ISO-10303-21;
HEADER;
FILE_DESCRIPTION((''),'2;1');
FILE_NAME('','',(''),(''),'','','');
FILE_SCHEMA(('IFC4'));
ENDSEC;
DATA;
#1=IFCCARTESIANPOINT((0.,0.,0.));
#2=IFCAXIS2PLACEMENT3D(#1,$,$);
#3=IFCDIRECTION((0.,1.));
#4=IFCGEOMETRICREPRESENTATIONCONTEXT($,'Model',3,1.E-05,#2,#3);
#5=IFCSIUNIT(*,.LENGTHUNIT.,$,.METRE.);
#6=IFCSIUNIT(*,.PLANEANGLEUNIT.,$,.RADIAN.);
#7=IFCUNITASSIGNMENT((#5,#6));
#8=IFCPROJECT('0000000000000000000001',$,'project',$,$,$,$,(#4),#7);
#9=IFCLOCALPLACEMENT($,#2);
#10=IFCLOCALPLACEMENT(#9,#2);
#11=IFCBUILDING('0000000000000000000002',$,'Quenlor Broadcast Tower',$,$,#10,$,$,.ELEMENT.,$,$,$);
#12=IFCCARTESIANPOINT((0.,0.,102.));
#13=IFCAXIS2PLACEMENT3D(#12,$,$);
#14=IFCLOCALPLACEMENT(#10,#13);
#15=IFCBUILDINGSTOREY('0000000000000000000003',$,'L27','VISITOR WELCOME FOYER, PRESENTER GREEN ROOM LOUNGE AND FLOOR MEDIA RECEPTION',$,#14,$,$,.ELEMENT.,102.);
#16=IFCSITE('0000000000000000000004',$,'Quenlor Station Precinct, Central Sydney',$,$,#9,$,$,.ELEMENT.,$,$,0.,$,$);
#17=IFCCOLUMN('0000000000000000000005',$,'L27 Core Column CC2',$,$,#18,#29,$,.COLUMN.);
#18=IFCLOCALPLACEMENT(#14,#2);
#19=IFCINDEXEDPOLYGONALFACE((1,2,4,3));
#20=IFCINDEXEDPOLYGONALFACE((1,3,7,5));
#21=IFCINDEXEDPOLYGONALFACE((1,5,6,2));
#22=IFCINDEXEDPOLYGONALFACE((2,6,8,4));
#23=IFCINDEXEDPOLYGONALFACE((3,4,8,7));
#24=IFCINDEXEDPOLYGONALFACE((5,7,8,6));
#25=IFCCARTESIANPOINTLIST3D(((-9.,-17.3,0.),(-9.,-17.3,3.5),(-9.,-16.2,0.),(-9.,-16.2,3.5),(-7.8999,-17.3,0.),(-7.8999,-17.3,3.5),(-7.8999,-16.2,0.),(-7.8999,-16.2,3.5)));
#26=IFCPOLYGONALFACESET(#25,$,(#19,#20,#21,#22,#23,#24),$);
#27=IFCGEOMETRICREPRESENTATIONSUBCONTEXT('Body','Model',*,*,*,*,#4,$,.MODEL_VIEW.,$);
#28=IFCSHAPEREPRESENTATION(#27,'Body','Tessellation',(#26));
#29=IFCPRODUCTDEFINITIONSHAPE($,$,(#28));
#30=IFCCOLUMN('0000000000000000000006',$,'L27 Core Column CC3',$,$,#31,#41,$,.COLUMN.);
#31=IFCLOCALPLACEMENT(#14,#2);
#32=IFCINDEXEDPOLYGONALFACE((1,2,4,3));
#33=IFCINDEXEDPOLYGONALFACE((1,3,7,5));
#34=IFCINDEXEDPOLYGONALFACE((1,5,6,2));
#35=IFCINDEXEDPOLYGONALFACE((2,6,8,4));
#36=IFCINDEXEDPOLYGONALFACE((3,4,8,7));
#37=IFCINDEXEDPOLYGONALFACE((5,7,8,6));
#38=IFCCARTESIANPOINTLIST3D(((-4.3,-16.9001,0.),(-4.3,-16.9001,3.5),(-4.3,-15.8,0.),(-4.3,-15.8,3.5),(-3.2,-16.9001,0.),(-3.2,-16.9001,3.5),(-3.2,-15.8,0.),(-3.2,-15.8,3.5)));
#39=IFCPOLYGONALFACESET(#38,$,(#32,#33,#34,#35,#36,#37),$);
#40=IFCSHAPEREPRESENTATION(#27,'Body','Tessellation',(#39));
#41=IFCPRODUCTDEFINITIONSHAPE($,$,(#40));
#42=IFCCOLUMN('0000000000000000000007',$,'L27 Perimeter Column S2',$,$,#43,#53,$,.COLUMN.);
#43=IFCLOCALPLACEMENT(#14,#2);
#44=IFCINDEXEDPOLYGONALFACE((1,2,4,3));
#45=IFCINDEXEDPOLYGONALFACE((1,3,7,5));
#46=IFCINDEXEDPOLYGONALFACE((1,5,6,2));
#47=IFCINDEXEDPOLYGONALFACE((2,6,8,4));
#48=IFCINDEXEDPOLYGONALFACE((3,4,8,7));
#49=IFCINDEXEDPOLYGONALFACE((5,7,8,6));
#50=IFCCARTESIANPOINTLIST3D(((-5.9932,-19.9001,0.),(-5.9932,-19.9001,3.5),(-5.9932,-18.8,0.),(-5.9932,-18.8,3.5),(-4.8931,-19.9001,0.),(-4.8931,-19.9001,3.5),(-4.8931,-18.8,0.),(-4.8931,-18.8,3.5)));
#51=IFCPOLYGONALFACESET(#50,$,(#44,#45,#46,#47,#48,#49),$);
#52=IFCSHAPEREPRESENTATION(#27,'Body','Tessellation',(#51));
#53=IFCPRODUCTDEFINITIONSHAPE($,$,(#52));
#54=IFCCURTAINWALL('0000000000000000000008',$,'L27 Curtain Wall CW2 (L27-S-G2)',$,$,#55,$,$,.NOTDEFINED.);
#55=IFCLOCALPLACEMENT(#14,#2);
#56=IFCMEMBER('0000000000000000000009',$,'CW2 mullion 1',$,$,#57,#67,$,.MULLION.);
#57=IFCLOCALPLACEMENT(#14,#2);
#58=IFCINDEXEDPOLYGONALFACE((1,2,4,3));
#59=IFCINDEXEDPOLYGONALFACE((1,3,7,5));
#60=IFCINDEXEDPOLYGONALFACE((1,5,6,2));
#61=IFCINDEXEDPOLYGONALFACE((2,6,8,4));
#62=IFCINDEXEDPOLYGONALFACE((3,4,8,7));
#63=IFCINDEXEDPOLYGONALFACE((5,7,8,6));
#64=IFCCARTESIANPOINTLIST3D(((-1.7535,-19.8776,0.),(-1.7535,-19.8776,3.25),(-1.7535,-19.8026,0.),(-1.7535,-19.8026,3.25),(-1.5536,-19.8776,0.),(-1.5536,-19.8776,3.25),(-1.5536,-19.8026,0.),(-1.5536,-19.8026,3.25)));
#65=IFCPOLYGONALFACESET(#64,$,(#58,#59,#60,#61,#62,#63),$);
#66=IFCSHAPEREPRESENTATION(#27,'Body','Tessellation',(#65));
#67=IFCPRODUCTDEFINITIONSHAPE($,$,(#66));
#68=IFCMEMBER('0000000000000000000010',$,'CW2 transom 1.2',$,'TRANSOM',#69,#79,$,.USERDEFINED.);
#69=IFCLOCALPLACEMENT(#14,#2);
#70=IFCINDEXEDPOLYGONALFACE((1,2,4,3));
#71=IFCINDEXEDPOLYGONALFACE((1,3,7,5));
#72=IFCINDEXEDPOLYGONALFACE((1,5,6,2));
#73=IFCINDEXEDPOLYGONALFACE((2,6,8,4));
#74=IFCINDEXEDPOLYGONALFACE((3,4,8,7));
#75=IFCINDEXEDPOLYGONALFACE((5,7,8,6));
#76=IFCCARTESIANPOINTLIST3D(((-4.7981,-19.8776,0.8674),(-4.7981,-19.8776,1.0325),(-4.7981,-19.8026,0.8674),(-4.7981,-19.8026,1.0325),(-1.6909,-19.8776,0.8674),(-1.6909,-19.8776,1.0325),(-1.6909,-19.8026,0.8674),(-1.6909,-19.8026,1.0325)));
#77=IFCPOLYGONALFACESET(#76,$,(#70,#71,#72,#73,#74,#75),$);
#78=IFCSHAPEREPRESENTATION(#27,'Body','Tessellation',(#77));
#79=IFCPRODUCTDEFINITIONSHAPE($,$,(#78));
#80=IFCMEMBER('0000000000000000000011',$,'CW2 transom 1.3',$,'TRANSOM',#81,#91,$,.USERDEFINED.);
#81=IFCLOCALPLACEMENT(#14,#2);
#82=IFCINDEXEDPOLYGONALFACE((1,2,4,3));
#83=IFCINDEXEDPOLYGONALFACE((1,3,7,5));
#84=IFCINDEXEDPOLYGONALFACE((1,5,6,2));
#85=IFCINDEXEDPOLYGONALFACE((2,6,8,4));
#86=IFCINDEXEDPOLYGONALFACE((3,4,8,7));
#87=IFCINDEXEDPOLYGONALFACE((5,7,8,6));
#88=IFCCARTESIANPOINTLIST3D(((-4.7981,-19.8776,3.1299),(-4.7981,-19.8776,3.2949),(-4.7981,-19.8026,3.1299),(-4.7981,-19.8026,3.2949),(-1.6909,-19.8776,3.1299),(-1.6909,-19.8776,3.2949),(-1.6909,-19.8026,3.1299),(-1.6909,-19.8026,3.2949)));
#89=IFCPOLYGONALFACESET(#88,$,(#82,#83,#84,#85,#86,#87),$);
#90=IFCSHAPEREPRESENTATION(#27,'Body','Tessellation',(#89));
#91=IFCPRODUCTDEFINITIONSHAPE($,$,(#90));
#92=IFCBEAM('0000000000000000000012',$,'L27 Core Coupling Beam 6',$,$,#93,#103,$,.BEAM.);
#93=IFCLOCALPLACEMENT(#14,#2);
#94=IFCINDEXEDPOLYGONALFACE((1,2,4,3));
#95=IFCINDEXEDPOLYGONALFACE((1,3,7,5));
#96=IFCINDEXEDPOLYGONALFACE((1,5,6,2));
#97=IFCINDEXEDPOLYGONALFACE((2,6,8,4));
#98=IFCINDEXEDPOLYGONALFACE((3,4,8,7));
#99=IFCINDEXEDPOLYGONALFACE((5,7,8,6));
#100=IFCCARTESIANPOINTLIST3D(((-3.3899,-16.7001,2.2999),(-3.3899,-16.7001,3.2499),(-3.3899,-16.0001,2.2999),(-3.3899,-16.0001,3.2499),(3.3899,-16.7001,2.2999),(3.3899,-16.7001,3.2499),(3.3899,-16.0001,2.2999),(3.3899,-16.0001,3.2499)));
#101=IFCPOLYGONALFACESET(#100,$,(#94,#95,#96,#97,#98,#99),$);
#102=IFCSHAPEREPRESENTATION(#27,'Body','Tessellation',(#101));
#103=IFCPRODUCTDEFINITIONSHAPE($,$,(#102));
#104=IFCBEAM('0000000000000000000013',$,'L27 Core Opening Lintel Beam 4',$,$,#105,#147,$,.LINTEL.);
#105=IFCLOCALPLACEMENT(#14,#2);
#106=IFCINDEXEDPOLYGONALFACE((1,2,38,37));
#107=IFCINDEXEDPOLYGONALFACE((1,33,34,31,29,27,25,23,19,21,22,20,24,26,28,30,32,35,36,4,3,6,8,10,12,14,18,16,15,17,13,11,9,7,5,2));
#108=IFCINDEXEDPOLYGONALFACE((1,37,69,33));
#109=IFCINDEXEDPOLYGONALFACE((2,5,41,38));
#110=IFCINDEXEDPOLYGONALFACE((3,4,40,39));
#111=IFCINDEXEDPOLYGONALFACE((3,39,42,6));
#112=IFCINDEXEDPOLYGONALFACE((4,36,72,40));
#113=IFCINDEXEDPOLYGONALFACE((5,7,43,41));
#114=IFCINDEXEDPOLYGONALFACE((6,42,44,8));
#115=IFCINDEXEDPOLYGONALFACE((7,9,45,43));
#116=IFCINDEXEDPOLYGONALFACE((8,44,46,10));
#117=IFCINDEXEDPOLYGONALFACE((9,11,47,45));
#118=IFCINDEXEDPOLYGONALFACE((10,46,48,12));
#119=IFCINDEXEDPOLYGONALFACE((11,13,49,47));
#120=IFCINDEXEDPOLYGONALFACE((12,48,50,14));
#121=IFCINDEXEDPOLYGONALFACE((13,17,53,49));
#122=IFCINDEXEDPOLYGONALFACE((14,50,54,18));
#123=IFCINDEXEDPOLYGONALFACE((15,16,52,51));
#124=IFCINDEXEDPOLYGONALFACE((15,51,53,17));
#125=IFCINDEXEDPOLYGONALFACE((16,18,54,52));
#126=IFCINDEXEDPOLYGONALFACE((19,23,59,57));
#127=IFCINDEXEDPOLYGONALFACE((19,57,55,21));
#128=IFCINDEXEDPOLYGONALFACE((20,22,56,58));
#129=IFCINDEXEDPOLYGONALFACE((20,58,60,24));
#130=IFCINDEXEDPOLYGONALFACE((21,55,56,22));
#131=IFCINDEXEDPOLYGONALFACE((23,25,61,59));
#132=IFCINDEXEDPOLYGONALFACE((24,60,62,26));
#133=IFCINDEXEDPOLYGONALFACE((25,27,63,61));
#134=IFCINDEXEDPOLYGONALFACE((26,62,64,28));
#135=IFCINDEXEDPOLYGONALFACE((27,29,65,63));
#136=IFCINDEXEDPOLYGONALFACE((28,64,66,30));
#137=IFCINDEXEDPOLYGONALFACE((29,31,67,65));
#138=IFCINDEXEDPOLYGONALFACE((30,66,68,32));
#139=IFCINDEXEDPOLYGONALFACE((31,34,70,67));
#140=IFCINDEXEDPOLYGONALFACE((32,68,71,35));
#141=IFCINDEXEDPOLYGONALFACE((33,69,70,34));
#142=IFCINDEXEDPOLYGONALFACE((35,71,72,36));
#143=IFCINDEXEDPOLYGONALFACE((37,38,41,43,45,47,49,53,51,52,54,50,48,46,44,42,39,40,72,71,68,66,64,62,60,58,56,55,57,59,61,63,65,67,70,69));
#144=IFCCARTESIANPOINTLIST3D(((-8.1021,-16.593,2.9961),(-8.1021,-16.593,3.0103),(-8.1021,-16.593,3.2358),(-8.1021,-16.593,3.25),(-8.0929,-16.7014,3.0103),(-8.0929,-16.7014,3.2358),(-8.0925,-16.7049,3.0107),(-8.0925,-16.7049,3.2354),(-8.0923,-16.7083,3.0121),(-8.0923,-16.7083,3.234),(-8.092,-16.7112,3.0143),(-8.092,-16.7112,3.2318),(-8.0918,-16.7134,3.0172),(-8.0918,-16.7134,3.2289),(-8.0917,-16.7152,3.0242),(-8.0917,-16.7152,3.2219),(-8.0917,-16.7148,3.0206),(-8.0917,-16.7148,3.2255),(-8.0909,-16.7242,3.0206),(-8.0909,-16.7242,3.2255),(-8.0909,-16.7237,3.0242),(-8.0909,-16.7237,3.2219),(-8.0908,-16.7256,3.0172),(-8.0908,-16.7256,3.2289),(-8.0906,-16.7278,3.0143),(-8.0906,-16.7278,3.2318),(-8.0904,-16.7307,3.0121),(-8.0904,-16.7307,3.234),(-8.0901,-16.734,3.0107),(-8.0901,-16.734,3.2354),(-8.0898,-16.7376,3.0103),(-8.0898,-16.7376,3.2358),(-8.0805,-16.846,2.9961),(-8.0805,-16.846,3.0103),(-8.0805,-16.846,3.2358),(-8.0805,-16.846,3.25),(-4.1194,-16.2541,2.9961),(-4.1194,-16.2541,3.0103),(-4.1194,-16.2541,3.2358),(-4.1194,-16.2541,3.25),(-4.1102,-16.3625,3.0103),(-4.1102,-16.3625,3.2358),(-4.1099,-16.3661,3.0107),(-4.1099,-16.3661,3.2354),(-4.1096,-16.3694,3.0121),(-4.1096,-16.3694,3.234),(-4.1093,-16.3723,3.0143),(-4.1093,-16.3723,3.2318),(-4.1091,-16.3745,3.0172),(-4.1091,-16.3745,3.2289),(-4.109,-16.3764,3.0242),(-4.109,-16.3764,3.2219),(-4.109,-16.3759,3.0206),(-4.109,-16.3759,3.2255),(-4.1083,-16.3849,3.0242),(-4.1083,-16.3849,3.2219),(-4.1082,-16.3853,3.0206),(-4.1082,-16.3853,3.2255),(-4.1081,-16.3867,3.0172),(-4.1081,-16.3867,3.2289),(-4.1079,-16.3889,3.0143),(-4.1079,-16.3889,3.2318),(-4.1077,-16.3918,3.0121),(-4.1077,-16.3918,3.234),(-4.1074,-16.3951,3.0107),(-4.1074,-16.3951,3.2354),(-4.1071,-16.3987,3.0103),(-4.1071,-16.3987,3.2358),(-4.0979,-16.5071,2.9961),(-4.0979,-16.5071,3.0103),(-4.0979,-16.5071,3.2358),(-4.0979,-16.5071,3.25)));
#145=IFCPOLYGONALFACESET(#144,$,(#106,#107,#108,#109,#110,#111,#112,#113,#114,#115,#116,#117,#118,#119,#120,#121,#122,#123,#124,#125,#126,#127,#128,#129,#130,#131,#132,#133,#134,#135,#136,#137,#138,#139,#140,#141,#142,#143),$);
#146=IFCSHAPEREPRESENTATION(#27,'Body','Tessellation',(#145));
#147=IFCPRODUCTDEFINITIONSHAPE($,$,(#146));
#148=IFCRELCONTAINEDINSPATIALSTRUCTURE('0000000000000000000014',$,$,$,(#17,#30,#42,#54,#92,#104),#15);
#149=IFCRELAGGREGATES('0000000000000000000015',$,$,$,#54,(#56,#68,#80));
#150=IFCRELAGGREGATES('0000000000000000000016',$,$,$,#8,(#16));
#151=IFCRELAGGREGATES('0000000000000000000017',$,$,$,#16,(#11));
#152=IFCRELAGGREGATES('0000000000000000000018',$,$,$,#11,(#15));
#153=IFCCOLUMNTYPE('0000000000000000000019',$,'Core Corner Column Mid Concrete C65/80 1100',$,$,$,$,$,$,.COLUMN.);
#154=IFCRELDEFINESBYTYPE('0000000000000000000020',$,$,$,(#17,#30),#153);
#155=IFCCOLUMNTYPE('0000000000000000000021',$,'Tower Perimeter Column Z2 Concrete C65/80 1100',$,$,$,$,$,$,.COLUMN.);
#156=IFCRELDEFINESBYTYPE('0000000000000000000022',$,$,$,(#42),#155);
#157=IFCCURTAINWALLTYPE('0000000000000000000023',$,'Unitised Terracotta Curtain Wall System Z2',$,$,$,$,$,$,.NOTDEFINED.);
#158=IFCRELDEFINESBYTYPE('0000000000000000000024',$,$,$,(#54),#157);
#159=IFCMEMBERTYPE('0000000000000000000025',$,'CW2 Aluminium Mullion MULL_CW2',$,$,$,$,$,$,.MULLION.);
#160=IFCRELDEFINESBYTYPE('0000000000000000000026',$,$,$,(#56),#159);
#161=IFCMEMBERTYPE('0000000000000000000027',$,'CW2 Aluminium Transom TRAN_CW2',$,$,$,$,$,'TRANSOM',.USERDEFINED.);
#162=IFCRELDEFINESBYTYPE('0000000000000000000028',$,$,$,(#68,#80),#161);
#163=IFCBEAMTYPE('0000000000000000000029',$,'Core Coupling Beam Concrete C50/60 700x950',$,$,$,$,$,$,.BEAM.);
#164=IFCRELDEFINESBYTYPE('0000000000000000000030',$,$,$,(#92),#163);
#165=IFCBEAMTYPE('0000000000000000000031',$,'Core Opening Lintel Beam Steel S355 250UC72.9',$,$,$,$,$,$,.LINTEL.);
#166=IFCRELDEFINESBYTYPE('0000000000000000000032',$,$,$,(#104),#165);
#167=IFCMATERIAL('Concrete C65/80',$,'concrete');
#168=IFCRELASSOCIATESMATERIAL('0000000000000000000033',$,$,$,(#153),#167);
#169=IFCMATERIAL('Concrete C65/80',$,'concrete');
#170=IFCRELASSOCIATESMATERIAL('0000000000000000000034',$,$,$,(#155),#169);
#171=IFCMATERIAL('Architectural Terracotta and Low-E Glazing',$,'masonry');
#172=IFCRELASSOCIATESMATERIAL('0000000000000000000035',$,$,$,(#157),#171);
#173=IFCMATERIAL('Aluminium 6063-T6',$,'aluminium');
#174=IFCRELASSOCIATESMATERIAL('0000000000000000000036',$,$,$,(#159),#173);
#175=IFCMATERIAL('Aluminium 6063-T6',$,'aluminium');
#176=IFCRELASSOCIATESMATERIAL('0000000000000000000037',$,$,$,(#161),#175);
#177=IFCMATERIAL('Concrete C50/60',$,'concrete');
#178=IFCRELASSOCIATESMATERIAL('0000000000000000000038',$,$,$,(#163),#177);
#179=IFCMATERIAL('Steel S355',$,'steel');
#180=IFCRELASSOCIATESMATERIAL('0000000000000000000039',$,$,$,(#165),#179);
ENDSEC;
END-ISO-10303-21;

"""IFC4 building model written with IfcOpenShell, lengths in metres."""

from ifc_helpers import new_model, si_unit, direction, frame, origin, origin_2d, place, context, subcontext, project, spatial, rectangle, i_section, extrude, material, material_profile, profile_set, type_object, element, aggregate, save


model = new_model("IFC4")

# Units and contexts
model_context = context("Model", 3, precision=1e-05, world=origin(), true_north=direction((0.0, 1.0)))
body_context = subcontext(model_context, "Body", "Model", "MODEL_VIEW")
ifc_project = project(units=[si_unit("LENGTHUNIT", "METRE"), si_unit("PLANEANGLEUNIT", "RADIAN")], contexts=[model_context])

# Site, building, storey
site_placement = place(None, origin())
site = spatial("IfcSite", under=ifc_project, at=site_placement, Name="Quenlor Station Precinct, Central Sydney", CompositionType="ELEMENT", RefElevation=0.0)
building_placement = place(site_placement, origin())
building = spatial("IfcBuilding", under=site, at=building_placement, Name="Quenlor Broadcast Tower", CompositionType="ELEMENT")
storey_placement = place(building_placement, frame((0.0, 0.0, 102.0)))
storey = spatial("IfcBuildingStorey", under=building, at=storey_placement, Name="L27", Description="VISITOR WELCOME FOYER, PRESENTER GREEN ROOM LOUNGE AND FLOOR MEDIA RECEPTION", CompositionType="ELEMENT", Elevation=102.0)

# Columns
ifc_material_1 = material(Name="Concrete C65/80", Category="concrete")
ifc_material_profile_1 = material_profile(ifc_material_1, rectangle(XDim=1.1001, YDim=1.1001, at=origin_2d()))
ifc_profile_set_1 = profile_set([ifc_material_profile_1], Name="Concrete C65/80 RC1100x1100")
column_type_1 = type_object("IfcColumnType", Name="Core Corner Column Mid Concrete C65/80 1100", PredefinedType="COLUMN", material=ifc_profile_set_1)
for number, where, z_axis, x_axis, name in (
    (1, (-8.45, -16.75, 0.0), (0.0, 0.0, 1.0), (1.0, 0.0, 0.0), "L27 Core Column CC2"),
    (2, (-3.75, -16.3501, 0.0), (0.0, 0.0, 1.0), (1.0, 0.0, 0.0), "L27 Core Column CC3"),
):
    element("IfcColumn", number, at=place(storey_placement, frame(where, z_axis=z_axis, x_axis=x_axis)), inside=storey, type_object=column_type_1, Name=name, PredefinedType="COLUMN", context=body_context, shape_type="SweptSolid", body=[
        extrude(rectangle(XDim=1.1001, YDim=1.1001, at=origin_2d()), origin(), (0.0, 0.0, 1.0), 3.5),
    ])
ifc_material_2 = material(Name="Concrete C65/80", Category="concrete")
ifc_material_profile_2 = material_profile(ifc_material_2, rectangle(XDim=1.1001, YDim=1.1001, at=origin_2d()))
ifc_profile_set_2 = profile_set([ifc_material_profile_2], Name="Concrete C65/80 RC1100x1100")
column_type_2 = type_object("IfcColumnType", Name="Tower Perimeter Column Z2 Concrete C65/80 1100", PredefinedType="COLUMN", material=ifc_profile_set_2)
column_placement = place(storey_placement, frame((-5.4431, -19.3501, 0.0), z_axis=(0.0, 0.0, 1.0), x_axis=(0.0, 1.0, 0.0)))
element("IfcColumn", 3, at=column_placement, inside=storey, type_object=column_type_2, Name="L27 Perimeter Column S2", PredefinedType="COLUMN", context=body_context, shape_type="SweptSolid", body=[
    extrude(rectangle(XDim=1.1001, YDim=1.1001, at=origin_2d()), origin(), (0.0, 0.0, 1.0), 3.5),
])

# Curtain wall, members
ifc_material_3 = material(Name="Architectural Terracotta and Low-E Glazing", Category="masonry")
curtain_wall_type = type_object("IfcCurtainWallType", Name="Unitised Terracotta Curtain Wall System Z2", PredefinedType="NOTDEFINED", material=ifc_material_3)
curtain_wall_placement = place(storey_placement, origin())
curtain_wall = element("IfcCurtainWall", 4, at=curtain_wall_placement, inside=storey, type_object=curtain_wall_type, Name="L27 Curtain Wall CW2 (L27-S-G2)", PredefinedType="NOTDEFINED")
ifc_material_4 = material(Name="Aluminium 6063-T6", Category="aluminium")
ifc_material_profile_3 = material_profile(ifc_material_4, rectangle(XDim=0.075, YDim=0.2, at=origin_2d()))
ifc_profile_set_3 = profile_set([ifc_material_profile_3], Name="Aluminium 6063-T6 MULL75x200")
member_type_1 = type_object("IfcMemberType", Name="CW2 Aluminium Mullion MULL_CW2", PredefinedType="MULLION", material=ifc_profile_set_3)
member_1_placement = place(storey_placement, frame((-1.6536, -19.8401, 0.0), z_axis=(0.0, 0.0, 1.0), x_axis=(0.0, -1.0, 0.0)))
member_1 = element("IfcMember", 5, at=member_1_placement, type_object=member_type_1, Name="CW2 mullion 1", PredefinedType="MULLION", context=body_context, shape_type="SweptSolid", body=[
    extrude(rectangle(XDim=0.075, YDim=0.2, at=origin_2d()), origin(), (0.0, 0.0, 1.0), 3.25),
])
ifc_material_5 = material(Name="Aluminium 6063-T6", Category="aluminium")
ifc_material_profile_4 = material_profile(ifc_material_5, rectangle(XDim=0.075, YDim=0.165, at=origin_2d()))
ifc_profile_set_4 = profile_set([ifc_material_profile_4], Name="Aluminium 6063-T6 TRAN75x165")
member_type_2 = type_object("IfcMemberType", Name="CW2 Aluminium Transom TRAN_CW2", ElementType="TRANSOM", PredefinedType="USERDEFINED", material=ifc_profile_set_4)
member_2_placement = place(storey_placement, frame((-1.6909, -19.8401, 0.95), z_axis=(-1.0, 0.0, 0.0), x_axis=(0.0, -1.0, 0.0)))
member_2 = element("IfcMember", 6, at=member_2_placement, type_object=member_type_2, Name="CW2 transom 1.2", ObjectType="TRANSOM", PredefinedType="USERDEFINED", context=body_context, shape_type="SweptSolid", body=[
    extrude(rectangle(XDim=0.075, YDim=0.165, at=origin_2d()), origin(), (0.0, 0.0, 1.0), 3.1072),
])
member_3_placement = place(storey_placement, frame((-1.6909, -19.8401, 3.2124), z_axis=(-1.0, 0.0, 0.0), x_axis=(0.0, -1.0, 0.0)))
member_3 = element("IfcMember", 7, at=member_3_placement, type_object=member_type_2, Name="CW2 transom 1.3", ObjectType="TRANSOM", PredefinedType="USERDEFINED", context=body_context, shape_type="SweptSolid", body=[
    extrude(rectangle(XDim=0.075, YDim=0.165, at=origin_2d()), origin(), (0.0, 0.0, 1.0), 3.1072),
])
aggregate(curtain_wall, [member_1, member_2, member_3])

# Beams
ifc_material_6 = material(Name="Concrete C50/60", Category="concrete")
ifc_material_profile_5 = material_profile(ifc_material_6, rectangle(XDim=0.7, YDim=0.95, at=origin_2d()))
ifc_profile_set_5 = profile_set([ifc_material_profile_5], Name="Concrete C50/60 RCB700x950")
beam_type_1 = type_object("IfcBeamType", Name="Core Coupling Beam Concrete C50/60 700x950", PredefinedType="BEAM", material=ifc_profile_set_5)
beam_1_placement = place(storey_placement, frame((-3.3899, -16.3501, 2.7749), z_axis=(1.0, 0.0, 0.0), x_axis=(0.0, 1.0, 0.0)))
element("IfcBeam", 8, at=beam_1_placement, inside=storey, type_object=beam_type_1, Name="L27 Core Coupling Beam 6", PredefinedType="BEAM", context=body_context, shape_type="SweptSolid", body=[
    extrude(rectangle(XDim=0.7, YDim=0.95, at=origin_2d()), origin(), (0.0, 0.0, 1.0), 6.7798),
])
ifc_material_7 = material(Name="Steel S355", Category="steel")
ifc_material_profile_6 = material_profile(ifc_material_7, i_section(OverallWidth=0.2539, OverallDepth=0.2539, WebThickness=0.0085, FlangeThickness=0.0142, FilletRadius=0.0139, at=origin_2d()))
ifc_profile_set_6 = profile_set([ifc_material_profile_6], Name="Steel S355 250UC72.9")
beam_type_2 = type_object("IfcBeamType", Name="Core Opening Lintel Beam Steel S355 250UC72.9", PredefinedType="LINTEL", material=ifc_profile_set_6)
beam_2_placement = place(storey_placement, frame((-8.0913, -16.7195, 3.123), z_axis=(0.9964, 0.084779, 0.0), x_axis=(-0.084779, 0.9964, 0.0)))
element("IfcBeam", 9, at=beam_2_placement, inside=storey, type_object=beam_type_2, Name="L27 Core Opening Lintel Beam 4", PredefinedType="LINTEL", context=body_context, shape_type="SweptSolid", body=[
    extrude(i_section(OverallWidth=0.2539, OverallDepth=0.2539, WebThickness=0.0085, FlangeThickness=0.0142, FilletRadius=0.0139, at=origin_2d()), origin(), (0.0, 0.0, 1.0), 3.9971),
])

save(model, "model.ifc")
